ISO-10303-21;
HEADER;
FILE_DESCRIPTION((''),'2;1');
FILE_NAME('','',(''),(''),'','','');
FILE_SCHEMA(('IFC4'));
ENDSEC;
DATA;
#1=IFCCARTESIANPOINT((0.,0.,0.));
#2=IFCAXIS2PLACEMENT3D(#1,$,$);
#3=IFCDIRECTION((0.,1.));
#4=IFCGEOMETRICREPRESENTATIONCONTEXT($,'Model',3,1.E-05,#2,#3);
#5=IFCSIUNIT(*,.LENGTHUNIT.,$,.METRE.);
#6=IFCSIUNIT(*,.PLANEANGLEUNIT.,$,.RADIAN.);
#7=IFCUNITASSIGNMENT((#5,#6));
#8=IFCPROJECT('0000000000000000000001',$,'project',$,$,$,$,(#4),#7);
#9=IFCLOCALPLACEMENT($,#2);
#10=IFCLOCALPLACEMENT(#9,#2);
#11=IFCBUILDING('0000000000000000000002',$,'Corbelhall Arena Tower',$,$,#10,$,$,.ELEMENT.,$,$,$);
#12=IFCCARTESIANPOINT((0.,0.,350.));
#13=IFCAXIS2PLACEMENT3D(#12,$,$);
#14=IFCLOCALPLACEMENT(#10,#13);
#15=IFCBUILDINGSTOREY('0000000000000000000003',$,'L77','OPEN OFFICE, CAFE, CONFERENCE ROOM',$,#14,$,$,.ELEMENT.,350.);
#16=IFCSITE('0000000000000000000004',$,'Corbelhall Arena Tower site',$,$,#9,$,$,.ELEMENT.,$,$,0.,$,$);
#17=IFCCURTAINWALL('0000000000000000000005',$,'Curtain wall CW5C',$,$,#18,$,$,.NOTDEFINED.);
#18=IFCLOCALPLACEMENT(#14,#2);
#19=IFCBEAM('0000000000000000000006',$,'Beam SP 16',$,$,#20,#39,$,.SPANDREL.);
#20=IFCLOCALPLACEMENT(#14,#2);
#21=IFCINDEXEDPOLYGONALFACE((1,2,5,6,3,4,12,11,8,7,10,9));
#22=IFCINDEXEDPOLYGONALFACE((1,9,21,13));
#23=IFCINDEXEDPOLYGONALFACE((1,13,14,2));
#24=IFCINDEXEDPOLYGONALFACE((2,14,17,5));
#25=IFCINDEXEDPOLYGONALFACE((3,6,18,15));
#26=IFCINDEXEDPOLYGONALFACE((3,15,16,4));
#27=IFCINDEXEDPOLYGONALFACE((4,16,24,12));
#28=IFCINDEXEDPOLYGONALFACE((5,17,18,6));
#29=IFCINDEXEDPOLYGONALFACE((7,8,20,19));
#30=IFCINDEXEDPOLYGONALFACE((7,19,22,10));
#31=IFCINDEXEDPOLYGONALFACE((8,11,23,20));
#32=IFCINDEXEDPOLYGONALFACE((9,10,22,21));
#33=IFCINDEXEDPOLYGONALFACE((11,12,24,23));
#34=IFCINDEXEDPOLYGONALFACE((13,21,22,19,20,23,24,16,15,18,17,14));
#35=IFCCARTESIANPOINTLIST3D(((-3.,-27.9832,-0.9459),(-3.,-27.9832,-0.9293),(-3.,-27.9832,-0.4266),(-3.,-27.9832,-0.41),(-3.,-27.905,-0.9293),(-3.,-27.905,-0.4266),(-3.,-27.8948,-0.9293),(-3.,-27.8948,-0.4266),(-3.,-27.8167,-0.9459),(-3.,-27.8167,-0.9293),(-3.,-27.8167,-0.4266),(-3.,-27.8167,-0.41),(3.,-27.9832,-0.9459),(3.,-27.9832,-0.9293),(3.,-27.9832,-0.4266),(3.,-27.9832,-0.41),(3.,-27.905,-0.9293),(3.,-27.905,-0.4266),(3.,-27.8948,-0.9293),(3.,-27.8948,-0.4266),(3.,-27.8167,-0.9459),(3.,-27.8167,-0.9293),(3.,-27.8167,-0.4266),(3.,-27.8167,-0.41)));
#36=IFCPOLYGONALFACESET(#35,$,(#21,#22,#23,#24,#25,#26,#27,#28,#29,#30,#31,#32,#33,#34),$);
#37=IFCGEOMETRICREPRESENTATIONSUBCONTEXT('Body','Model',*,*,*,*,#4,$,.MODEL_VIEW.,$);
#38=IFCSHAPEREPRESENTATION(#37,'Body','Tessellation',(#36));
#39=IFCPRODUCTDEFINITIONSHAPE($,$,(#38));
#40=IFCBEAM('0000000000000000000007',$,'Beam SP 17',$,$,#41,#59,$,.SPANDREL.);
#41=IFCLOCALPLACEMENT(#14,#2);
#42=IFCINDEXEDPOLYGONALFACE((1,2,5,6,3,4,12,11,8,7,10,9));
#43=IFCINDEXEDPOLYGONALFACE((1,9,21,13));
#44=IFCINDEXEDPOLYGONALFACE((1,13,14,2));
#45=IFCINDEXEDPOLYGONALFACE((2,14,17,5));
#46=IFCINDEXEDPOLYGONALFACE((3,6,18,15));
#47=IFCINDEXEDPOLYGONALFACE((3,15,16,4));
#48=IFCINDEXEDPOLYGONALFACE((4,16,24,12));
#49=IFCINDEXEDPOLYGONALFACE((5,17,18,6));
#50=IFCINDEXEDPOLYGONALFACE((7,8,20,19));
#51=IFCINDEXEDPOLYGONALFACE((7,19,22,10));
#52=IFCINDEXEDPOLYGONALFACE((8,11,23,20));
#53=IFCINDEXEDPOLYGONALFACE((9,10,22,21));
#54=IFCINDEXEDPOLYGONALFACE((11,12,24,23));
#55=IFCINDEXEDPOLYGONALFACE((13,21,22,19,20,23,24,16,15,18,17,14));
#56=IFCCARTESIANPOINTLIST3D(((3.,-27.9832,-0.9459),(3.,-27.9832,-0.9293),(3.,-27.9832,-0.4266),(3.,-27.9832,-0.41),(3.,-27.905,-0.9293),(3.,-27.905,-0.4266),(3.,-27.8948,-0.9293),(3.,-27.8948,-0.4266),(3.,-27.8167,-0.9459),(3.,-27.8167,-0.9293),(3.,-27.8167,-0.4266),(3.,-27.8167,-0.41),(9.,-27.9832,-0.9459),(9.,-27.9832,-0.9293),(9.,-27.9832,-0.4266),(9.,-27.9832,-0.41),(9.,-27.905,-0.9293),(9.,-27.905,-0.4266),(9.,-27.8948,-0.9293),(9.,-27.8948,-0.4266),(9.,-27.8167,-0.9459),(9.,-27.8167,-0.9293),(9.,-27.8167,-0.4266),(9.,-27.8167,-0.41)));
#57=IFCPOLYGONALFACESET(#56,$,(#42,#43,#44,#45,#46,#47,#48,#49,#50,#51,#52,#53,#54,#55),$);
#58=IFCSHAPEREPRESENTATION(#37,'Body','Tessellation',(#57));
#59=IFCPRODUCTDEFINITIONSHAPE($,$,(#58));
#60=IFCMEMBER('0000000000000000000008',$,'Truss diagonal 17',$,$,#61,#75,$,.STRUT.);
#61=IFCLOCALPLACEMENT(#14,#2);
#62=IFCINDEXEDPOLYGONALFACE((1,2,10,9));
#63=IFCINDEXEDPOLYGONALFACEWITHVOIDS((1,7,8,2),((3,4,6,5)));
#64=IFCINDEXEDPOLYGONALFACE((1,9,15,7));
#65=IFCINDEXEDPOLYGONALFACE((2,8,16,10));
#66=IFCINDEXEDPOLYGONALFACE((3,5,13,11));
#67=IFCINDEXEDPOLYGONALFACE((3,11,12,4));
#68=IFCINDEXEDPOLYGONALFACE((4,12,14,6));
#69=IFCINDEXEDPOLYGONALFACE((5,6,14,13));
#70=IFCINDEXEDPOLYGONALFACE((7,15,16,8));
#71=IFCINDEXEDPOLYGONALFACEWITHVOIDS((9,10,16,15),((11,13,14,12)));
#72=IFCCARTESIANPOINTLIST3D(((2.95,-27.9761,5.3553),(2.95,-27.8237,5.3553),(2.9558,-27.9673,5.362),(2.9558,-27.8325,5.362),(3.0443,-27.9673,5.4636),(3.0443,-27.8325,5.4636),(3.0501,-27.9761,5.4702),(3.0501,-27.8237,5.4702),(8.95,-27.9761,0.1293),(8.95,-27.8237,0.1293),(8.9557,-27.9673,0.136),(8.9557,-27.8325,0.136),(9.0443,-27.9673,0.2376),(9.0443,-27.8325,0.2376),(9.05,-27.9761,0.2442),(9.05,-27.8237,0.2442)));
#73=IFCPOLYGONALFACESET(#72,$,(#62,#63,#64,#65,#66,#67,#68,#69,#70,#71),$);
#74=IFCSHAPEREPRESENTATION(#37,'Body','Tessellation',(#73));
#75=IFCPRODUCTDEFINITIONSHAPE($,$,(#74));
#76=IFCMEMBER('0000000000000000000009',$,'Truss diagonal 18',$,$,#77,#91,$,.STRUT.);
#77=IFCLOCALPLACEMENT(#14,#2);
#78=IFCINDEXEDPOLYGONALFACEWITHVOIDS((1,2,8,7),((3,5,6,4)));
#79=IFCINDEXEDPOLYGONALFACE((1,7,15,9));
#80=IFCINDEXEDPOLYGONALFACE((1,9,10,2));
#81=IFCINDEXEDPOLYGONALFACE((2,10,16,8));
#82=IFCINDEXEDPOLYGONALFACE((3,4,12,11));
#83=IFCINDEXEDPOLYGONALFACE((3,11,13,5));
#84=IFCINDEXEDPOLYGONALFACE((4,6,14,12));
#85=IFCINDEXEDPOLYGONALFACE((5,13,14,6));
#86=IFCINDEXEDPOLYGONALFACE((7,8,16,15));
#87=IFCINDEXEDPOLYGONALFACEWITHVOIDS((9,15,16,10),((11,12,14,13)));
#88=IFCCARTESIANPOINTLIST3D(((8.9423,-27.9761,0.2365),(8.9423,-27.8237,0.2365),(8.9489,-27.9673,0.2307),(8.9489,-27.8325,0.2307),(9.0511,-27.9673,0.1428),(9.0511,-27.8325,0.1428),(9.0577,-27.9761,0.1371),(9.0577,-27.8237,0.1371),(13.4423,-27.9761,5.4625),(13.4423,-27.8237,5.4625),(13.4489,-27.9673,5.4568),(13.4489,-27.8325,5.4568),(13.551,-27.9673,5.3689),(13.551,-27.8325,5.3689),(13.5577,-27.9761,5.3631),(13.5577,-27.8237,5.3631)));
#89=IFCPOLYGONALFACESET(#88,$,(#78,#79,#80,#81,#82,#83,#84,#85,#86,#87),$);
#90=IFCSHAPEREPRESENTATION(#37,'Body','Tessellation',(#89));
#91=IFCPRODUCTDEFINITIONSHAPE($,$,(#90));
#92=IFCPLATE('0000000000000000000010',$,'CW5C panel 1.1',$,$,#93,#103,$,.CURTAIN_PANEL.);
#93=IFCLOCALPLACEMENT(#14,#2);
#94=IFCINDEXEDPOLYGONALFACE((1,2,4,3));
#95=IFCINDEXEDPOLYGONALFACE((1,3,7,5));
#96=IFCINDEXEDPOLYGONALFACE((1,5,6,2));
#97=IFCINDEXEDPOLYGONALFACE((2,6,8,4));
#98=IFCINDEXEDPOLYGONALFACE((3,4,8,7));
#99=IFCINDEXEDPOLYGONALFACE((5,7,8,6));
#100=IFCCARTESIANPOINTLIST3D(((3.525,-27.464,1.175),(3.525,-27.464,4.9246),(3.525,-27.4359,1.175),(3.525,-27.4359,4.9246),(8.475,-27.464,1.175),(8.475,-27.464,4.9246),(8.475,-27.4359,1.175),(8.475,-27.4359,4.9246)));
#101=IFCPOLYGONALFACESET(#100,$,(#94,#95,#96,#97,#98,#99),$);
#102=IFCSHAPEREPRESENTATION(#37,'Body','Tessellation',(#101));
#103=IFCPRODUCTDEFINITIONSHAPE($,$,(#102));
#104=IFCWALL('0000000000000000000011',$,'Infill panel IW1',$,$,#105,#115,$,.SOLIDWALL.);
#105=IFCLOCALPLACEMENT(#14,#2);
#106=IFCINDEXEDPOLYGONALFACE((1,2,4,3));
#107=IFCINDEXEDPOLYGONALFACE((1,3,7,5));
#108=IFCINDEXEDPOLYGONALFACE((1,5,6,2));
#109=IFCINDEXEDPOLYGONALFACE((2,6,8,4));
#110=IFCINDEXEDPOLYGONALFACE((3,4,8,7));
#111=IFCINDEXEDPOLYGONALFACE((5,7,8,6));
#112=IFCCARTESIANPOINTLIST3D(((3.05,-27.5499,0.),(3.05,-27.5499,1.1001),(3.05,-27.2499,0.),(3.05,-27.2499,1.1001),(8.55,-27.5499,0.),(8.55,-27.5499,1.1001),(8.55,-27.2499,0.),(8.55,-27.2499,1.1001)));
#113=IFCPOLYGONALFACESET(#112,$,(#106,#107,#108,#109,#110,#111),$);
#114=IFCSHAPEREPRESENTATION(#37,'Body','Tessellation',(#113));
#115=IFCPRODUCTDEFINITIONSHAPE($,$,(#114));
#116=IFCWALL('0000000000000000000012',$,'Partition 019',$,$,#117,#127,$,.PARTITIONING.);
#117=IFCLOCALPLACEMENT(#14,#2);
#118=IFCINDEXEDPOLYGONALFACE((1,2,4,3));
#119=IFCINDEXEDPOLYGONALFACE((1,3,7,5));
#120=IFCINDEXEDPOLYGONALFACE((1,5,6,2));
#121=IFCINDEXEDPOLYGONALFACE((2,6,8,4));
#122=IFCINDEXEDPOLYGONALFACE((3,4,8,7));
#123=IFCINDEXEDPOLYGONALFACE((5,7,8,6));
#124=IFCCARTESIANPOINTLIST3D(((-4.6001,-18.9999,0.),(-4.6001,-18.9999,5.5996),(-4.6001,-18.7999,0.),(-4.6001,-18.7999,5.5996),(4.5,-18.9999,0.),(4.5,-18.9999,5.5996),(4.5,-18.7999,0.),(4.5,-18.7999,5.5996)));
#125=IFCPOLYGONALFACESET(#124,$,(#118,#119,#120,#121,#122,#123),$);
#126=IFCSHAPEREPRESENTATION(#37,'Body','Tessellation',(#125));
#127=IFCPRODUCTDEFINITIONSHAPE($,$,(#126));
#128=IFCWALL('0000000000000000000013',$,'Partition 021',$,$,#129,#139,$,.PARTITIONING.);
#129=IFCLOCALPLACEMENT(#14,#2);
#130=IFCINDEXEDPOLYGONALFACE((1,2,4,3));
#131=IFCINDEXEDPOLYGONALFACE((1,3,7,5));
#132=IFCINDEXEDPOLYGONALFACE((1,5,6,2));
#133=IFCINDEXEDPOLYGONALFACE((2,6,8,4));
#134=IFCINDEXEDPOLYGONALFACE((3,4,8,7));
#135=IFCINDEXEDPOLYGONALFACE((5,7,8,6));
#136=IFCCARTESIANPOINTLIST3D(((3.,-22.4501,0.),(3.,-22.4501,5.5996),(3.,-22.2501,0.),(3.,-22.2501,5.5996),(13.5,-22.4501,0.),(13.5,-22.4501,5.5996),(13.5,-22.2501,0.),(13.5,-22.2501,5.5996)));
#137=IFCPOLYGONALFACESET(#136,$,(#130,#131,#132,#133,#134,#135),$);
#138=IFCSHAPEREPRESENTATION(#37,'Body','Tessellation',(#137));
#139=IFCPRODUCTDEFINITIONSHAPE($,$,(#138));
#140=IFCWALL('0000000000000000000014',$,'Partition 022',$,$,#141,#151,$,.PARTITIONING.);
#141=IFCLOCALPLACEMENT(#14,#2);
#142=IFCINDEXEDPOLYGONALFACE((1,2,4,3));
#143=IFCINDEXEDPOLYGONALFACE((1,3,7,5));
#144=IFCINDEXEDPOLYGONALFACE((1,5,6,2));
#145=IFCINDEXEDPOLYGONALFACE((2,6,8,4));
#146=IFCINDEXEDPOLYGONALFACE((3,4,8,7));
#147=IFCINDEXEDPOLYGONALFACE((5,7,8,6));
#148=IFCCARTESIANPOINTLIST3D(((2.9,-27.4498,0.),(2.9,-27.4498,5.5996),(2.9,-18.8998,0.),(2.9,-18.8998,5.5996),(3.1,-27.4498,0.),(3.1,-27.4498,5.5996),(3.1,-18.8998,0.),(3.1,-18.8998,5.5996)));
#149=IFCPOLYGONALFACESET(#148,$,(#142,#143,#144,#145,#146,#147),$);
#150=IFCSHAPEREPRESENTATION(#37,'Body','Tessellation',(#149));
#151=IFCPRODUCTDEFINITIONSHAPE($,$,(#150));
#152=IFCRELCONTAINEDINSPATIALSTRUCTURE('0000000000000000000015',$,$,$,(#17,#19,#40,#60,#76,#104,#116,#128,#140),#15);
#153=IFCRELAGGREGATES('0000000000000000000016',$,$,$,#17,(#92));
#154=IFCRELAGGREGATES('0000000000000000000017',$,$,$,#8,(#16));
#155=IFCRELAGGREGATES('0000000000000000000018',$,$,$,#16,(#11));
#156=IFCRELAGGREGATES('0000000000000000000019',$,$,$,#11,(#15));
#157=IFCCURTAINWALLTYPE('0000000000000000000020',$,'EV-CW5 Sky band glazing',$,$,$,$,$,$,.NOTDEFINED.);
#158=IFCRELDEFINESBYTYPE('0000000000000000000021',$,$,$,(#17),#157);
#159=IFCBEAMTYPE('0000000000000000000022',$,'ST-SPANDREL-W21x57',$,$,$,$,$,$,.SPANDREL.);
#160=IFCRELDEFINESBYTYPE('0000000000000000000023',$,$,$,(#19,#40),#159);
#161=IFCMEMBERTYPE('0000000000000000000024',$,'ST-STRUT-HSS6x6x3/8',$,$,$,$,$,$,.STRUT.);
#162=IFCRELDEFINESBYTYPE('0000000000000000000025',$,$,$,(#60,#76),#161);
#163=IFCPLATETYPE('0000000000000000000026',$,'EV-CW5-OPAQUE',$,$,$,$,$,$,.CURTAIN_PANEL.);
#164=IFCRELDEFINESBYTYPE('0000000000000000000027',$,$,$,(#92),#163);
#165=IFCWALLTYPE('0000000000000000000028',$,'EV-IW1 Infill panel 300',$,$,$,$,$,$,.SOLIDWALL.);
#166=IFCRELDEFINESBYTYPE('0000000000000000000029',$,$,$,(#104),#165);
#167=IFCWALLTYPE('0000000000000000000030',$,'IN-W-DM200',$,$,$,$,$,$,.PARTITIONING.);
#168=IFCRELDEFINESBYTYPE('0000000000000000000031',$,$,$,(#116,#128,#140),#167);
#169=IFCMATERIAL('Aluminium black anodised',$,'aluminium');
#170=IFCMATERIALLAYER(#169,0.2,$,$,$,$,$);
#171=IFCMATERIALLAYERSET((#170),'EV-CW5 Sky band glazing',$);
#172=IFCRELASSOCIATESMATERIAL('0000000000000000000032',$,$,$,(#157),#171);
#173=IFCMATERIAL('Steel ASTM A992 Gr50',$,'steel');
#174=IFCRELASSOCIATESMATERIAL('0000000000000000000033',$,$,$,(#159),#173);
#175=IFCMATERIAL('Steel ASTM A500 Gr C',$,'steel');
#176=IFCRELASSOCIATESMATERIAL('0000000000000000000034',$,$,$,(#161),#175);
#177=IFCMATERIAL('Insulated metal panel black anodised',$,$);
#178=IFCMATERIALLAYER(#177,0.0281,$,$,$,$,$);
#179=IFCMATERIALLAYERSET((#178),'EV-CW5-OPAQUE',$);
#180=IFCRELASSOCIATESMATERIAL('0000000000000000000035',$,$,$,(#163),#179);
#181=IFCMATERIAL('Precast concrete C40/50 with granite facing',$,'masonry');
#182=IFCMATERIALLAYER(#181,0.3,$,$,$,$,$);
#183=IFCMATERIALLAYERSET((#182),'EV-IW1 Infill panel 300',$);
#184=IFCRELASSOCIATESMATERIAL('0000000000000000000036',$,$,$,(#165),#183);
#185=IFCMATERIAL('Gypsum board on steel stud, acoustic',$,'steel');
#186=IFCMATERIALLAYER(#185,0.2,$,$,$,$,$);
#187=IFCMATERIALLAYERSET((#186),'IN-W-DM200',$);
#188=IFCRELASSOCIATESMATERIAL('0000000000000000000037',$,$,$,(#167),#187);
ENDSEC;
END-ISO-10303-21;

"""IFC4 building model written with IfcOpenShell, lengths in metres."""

from ifc_helpers import new_model, si_unit, direction, frame, frame_2d, origin, origin_2d, place, context, subcontext, project, spatial, rectangle, hollow_rectangle, i_section, extrude, material, layer, layer_set, material_profile, profile_set, type_object, element, aggregate, save


model = new_model("IFC4")

# Units and contexts
model_context = context("Model", 3, precision=1e-05, world=origin(), true_north=direction((0.0, 1.0)))
body_context = subcontext(model_context, "Body", "Model", "MODEL_VIEW")
ifc_project = project(units=[si_unit("LENGTHUNIT", "METRE"), si_unit("PLANEANGLEUNIT", "RADIAN")], contexts=[model_context])

# Site, building, storey
site_placement = place(None, origin())
site = spatial("IfcSite", under=ifc_project, at=site_placement, Name="Corbelhall Arena Tower site", CompositionType="ELEMENT", RefElevation=0.0)
building_placement = place(site_placement, origin())
building = spatial("IfcBuilding", under=site, at=building_placement, Name="Corbelhall Arena Tower", CompositionType="ELEMENT")
storey_placement = place(building_placement, frame((0.0, 0.0, 350.0)))
storey = spatial("IfcBuildingStorey", under=building, at=storey_placement, Name="L77", Description="OPEN OFFICE, CAFE, CONFERENCE ROOM", CompositionType="ELEMENT", Elevation=350.0)

# Shared definitions
ifc_material_1 = material(Name="Aluminium black anodised", Category="aluminium")
ifc_layer_1 = layer(ifc_material_1, 0.2)
ifc_layer_set_1 = layer_set([ifc_layer_1], Name="EV-CW5 Sky band glazing")
curtain_wall_type = type_object("IfcCurtainWallType", Name="EV-CW5 Sky band glazing", PredefinedType="NOTDEFINED", material=ifc_layer_set_1)

# Curtain wall
curtain_wall_1_placement = place(storey_placement, origin())
curtain_wall_1 = element("IfcCurtainWall", 1, at=curtain_wall_1_placement, inside=storey, type_object=curtain_wall_type, Name="Curtain wall CW5C", PredefinedType="NOTDEFINED")

# Shared definitions
ifc_material_2 = material(Name="Steel ASTM A992 Gr50", Category="steel")

# Beams
ifc_material_profile_1 = material_profile(ifc_material_2, i_section(OverallWidth=0.1665, OverallDepth=0.5359, WebThickness=0.0103, FlangeThickness=0.0166, at=origin_2d()))
ifc_profile_set_1 = profile_set([ifc_material_profile_1], Name="Steel ASTM A992 Gr50")
beam_type = type_object("IfcBeamType", Name="ST-SPANDREL-W21x57", PredefinedType="SPANDREL", material=ifc_profile_set_1)
for number, where, z_axis, x_axis, name in (
    (2, (3.0, -27.8999, -0.678), (-1.0, 0.0, 0.0), (0.0, -1.0, 0.0), "Beam SP 16"),
    (3, (9.0, -27.8999, -0.678), (-1.0, 0.0, 0.0), (0.0, -1.0, 0.0), "Beam SP 17"),
):
    element("IfcBeam", number, at=place(storey_placement, frame(where, z_axis=z_axis, x_axis=x_axis)), inside=storey, type_object=beam_type, Name=name, PredefinedType="SPANDREL", context=body_context, shape_type="SweptSolid", body=[
        extrude(i_section(OverallWidth=0.1665, OverallDepth=0.5359, WebThickness=0.0103, FlangeThickness=0.0166, at=origin_2d()), origin(), (0.0, 0.0, 1.0), 6.0),
    ])

# Members
ifc_material_3 = material(Name="Steel ASTM A500 Gr C", Category="steel")
ifc_material_profile_2 = material_profile(ifc_material_3, hollow_rectangle(XDim=0.1523, YDim=0.1523, WallThickness=0.0088, at=origin_2d()))
ifc_profile_set_2 = profile_set([ifc_material_profile_2], Name="Steel ASTM A500 Gr C")
member_type_1 = type_object("IfcMemberType", Name="ST-STRUT-HSS6x6x3/8", PredefinedType="STRUT", material=ifc_profile_set_2)
member_1_placement = place(storey_placement, frame((9.0, -27.8999, 0.1868), z_axis=(-0.754065, 0.0, 0.6568), x_axis=(0.0, -1.0, 0.0)))
element("IfcMember", 4, at=member_1_placement, inside=storey, type_object=member_type_1, Name="Truss diagonal 17", PredefinedType="STRUT", context=body_context, shape_type="SweptSolid", body=[
    extrude(hollow_rectangle(XDim=0.1523, YDim=0.1523, WallThickness=0.0088, at=origin_2d()), origin(), (0.0, 0.0, 1.0), 7.9568),
])
member_2_placement = place(storey_placement, frame((9.0, -27.8999, 0.1868), z_axis=(0.652504, 0.0, 0.757785), x_axis=(0.0, 1.0, 0.0)))
element("IfcMember", 5, at=member_2_placement, inside=storey, type_object=member_type_1, Name="Truss diagonal 18", PredefinedType="STRUT", context=body_context, shape_type="SweptSolid", body=[
    extrude(hollow_rectangle(XDim=0.1523, YDim=0.1523, WallThickness=0.0088, at=origin_2d()), origin(), (0.0, 0.0, 1.0), 6.8965),
])

# Plate
ifc_material_4 = material(Name="Insulated metal panel black anodised")
ifc_layer_2 = layer(ifc_material_4, 0.0281)
ifc_layer_set_2 = layer_set([ifc_layer_2], Name="EV-CW5-OPAQUE")
plate_type = type_object("IfcPlateType", Name="EV-CW5-OPAQUE", PredefinedType="CURTAIN_PANEL", material=ifc_layer_set_2)
plate_placement = place(storey_placement, frame((6.0, -27.45, 1.175), z_axis=(0.0, 0.0, 1.0), x_axis=(1.0, 0.0, 0.0)))
plate = element("IfcPlate", 6, at=plate_placement, type_object=plate_type, Name="CW5C panel 1.1", PredefinedType="CURTAIN_PANEL", context=body_context, shape_type="SweptSolid", body=[
    extrude(rectangle(XDim=4.95, YDim=0.0281, at=origin_2d()), origin(), (0.0, 0.0, 1.0), 3.7495),
])
aggregate(curtain_wall_1, [plate])

# Walls
ifc_material_5 = material(Name="Precast concrete C40/50 with granite facing", Category="masonry")
ifc_layer_3 = layer(ifc_material_5, 0.3)
ifc_layer_set_3 = layer_set([ifc_layer_3], Name="EV-IW1 Infill panel 300")
wall_type_1 = type_object("IfcWallType", Name="EV-IW1 Infill panel 300", PredefinedType="SOLIDWALL", material=ifc_layer_set_3)
wall_1_placement = place(storey_placement, frame((3.05, -27.3999, 0.0), z_axis=(0.0, 0.0, 1.0), x_axis=(1.0, 0.0, 0.0)))
element("IfcWall", 7, at=wall_1_placement, inside=storey, type_object=wall_type_1, Name="Infill panel IW1", PredefinedType="SOLIDWALL", context=body_context, shape_type="SweptSolid", body=[
    extrude(rectangle(XDim=5.5, YDim=0.3, at=frame_2d((2.75, 0.0))), origin(), (0.0, 0.0, 1.0), 1.1001),
])
ifc_material_6 = material(Name="Gypsum board on steel stud, acoustic", Category="steel")
ifc_layer_4 = layer(ifc_material_6, 0.2)
ifc_layer_set_4 = layer_set([ifc_layer_4], Name="IN-W-DM200")
wall_type_2 = type_object("IfcWallType", Name="IN-W-DM200", PredefinedType="PARTITIONING", material=ifc_layer_set_4)
wall_2_placement = place(storey_placement, frame((4.5, -18.8999, 0.0), z_axis=(0.0, 0.0, 1.0), x_axis=(-1.0, 0.0, 0.0)))
element("IfcWall", 8, at=wall_2_placement, inside=storey, type_object=wall_type_2, Name="Partition 019", PredefinedType="PARTITIONING", context=body_context, shape_type="SweptSolid", body=[
    extrude(rectangle(XDim=9.1001, YDim=0.2, at=frame_2d((4.55, 0.0))), origin(), (0.0, 0.0, 1.0), 5.5996),
])
wall_3_placement = place(storey_placement, frame((3.0, -22.3501, 0.0), z_axis=(0.0, 0.0, 1.0), x_axis=(1.0, 0.0, 0.0)))
element("IfcWall", 9, at=wall_3_placement, inside=storey, type_object=wall_type_2, Name="Partition 021", PredefinedType="PARTITIONING", context=body_context, shape_type="SweptSolid", body=[
    extrude(rectangle(XDim=10.5, YDim=0.2, at=frame_2d((5.25, 0.0))), origin(), (0.0, 0.0, 1.0), 5.5996),
])
wall_4_placement = place(storey_placement, frame((3.0, -18.8999, 0.0), z_axis=(0.0, 0.0, 1.0), x_axis=(0.0, -1.0, 0.0)))
element("IfcWall", 10, at=wall_4_placement, inside=storey, type_object=wall_type_2, Name="Partition 022", PredefinedType="PARTITIONING", context=body_context, shape_type="SweptSolid", body=[
    extrude(rectangle(XDim=8.55, YDim=0.2, at=frame_2d((4.2749, 0.0))), origin(), (0.0, 0.0, 1.0), 5.5996),
])

save(model, "model.ifc")
